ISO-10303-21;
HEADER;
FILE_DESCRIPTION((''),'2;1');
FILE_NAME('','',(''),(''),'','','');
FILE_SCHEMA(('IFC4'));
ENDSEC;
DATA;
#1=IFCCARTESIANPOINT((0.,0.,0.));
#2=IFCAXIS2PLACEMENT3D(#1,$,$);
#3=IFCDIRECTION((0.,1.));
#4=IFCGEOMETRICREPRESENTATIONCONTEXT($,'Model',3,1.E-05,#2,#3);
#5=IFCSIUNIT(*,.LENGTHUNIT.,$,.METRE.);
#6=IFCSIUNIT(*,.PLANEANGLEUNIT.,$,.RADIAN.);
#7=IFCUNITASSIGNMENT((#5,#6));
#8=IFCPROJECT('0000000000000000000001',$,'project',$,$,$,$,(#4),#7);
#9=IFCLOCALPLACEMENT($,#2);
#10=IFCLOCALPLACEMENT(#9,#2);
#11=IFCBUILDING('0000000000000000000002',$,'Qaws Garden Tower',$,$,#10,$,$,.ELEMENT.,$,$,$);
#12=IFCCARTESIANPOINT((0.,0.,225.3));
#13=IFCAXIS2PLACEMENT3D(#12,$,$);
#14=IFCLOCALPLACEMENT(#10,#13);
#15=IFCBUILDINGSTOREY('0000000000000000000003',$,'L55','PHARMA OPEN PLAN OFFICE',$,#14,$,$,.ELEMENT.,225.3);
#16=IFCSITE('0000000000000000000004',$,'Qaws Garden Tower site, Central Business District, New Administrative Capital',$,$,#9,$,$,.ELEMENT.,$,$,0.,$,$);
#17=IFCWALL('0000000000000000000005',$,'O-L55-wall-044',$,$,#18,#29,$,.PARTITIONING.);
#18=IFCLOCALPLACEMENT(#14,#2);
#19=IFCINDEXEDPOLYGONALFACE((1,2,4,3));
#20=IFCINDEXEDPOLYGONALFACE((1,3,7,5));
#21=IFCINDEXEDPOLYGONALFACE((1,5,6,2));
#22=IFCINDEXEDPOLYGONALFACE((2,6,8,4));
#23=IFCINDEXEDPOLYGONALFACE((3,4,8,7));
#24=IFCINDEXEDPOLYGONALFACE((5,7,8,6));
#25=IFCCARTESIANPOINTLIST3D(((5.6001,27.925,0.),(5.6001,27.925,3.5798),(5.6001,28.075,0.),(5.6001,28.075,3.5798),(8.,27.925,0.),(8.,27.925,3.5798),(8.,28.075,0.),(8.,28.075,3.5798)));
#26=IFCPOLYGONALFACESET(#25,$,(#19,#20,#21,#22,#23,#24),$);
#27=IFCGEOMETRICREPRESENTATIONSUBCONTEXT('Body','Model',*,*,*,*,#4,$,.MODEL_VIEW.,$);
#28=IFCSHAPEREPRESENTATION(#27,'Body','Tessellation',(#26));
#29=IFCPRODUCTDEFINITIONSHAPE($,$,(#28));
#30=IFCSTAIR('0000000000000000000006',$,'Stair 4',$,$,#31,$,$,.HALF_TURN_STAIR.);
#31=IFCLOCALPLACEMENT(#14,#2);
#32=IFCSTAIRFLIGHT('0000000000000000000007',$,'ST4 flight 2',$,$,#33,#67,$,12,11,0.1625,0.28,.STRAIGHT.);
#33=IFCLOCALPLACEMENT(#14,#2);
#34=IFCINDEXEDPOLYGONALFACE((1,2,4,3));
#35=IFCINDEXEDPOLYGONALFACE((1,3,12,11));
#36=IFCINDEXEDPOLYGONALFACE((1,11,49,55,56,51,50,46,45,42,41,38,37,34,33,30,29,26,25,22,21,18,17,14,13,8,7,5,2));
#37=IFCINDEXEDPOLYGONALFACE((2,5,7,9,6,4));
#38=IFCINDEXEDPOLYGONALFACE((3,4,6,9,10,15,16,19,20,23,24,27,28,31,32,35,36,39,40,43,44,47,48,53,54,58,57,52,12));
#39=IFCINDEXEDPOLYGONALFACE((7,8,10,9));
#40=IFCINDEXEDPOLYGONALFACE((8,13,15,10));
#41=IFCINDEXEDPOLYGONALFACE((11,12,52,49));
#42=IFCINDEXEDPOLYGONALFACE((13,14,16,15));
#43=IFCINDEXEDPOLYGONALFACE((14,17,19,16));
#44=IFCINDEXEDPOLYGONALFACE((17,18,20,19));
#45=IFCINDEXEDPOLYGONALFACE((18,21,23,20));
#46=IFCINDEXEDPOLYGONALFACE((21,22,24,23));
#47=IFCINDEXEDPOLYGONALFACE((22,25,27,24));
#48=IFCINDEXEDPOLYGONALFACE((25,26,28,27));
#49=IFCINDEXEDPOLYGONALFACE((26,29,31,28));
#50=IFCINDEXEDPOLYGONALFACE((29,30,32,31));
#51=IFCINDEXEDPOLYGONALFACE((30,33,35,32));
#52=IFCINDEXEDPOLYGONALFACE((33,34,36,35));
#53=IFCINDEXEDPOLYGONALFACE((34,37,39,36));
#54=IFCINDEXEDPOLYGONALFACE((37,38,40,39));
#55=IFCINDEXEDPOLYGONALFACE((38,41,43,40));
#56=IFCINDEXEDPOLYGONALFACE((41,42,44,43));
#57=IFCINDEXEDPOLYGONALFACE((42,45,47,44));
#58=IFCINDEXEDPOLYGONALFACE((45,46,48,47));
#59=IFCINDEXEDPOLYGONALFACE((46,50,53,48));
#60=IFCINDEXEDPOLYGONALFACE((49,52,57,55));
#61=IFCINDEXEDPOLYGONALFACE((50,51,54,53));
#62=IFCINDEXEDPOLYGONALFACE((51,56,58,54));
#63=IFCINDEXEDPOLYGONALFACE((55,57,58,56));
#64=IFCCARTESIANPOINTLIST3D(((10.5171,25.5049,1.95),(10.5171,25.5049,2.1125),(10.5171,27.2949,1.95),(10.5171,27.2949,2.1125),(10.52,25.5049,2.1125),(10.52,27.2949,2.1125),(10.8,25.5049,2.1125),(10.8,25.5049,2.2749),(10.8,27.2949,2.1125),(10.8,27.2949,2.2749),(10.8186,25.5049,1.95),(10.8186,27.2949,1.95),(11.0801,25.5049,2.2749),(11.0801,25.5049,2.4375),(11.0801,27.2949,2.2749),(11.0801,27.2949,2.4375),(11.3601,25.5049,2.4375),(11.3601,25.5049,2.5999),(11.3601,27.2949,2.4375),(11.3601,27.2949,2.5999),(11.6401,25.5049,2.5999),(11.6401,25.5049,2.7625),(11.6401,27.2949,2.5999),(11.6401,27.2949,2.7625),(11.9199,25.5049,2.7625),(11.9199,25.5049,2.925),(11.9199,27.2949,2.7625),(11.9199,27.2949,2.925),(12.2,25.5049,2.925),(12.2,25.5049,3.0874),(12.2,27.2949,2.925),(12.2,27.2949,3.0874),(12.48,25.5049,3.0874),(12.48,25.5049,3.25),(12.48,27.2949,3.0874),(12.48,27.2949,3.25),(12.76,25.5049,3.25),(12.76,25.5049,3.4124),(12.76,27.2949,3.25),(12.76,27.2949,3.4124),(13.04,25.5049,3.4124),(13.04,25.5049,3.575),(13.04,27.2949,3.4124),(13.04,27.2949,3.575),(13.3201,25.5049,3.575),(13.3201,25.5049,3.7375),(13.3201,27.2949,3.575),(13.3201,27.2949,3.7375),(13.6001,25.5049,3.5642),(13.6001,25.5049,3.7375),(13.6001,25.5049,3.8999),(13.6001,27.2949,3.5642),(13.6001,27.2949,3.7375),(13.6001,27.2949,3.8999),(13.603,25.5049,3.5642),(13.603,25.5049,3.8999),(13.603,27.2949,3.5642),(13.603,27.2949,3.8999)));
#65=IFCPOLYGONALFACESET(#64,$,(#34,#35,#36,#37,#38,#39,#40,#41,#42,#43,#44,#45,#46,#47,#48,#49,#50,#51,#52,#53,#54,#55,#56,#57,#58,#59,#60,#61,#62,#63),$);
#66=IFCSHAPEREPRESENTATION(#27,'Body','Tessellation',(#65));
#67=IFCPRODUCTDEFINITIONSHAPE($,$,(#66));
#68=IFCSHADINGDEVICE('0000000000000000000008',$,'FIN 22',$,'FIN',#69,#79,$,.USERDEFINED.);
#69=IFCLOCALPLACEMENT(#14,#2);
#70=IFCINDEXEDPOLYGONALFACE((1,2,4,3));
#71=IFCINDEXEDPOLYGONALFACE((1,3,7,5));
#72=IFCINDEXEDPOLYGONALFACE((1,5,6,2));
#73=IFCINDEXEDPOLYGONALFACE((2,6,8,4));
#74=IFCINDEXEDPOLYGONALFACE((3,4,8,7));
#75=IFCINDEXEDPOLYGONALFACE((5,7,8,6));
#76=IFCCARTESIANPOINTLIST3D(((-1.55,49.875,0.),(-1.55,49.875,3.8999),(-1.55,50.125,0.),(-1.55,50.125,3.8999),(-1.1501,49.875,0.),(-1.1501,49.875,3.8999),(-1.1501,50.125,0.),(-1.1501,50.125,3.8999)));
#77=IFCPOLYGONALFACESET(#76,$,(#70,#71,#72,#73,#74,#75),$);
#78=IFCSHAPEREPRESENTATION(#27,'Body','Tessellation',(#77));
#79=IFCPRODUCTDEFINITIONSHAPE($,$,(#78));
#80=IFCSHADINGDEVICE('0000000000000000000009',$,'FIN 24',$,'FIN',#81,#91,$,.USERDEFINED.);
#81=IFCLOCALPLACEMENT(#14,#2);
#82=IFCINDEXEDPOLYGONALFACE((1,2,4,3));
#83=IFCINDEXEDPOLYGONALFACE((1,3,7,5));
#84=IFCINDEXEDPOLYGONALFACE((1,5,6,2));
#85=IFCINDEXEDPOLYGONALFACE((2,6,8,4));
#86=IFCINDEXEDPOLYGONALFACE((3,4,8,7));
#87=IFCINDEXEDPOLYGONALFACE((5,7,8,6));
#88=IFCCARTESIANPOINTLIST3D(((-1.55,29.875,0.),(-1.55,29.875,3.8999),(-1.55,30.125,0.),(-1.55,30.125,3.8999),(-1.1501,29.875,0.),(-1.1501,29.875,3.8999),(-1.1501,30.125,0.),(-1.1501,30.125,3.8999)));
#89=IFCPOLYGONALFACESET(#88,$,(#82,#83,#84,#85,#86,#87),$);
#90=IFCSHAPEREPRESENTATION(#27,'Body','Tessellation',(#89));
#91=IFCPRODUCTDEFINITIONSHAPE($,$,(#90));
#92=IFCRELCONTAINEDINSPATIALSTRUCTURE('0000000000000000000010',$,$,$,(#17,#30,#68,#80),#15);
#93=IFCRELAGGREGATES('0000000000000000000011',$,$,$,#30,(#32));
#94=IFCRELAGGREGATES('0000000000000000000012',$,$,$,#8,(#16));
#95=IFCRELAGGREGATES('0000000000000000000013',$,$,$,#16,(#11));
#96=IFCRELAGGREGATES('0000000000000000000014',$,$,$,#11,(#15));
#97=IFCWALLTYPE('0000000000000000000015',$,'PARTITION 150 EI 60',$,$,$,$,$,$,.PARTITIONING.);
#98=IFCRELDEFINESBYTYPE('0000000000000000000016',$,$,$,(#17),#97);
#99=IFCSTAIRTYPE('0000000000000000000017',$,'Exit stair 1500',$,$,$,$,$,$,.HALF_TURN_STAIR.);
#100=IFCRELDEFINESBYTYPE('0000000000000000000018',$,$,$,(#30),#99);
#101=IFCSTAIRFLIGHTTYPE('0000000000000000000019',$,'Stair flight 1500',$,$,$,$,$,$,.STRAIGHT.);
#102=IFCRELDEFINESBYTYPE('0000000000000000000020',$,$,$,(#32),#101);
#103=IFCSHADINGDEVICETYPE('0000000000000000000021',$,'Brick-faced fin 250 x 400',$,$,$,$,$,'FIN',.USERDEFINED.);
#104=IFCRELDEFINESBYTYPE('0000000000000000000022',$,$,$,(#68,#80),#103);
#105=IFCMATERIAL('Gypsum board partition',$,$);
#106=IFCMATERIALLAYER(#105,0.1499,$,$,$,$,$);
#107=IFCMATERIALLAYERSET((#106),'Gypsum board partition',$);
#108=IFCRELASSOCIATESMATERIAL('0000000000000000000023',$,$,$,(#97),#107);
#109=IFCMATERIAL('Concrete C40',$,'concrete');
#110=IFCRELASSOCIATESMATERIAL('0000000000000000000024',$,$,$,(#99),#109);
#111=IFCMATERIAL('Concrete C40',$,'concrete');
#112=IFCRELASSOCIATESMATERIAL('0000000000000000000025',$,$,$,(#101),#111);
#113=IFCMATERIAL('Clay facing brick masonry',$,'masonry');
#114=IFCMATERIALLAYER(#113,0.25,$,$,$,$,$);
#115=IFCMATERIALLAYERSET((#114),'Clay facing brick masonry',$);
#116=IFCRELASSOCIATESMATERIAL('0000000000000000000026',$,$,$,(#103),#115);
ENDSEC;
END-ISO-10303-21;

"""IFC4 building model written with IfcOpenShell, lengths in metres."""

from ifc_helpers import new_model, si_unit, direction, frame, frame_2d, origin, origin_2d, place, context, subcontext, project, spatial, polyline, rectangle, outline, extrude, material, layer, layer_set, type_object, element, aggregate, save


model = new_model("IFC4")

# Units and contexts
model_context = context("Model", 3, precision=1e-05, world=origin(), true_north=direction((0.0, 1.0)))
body_context = subcontext(model_context, "Body", "Model", "MODEL_VIEW")
ifc_project = project(units=[si_unit("LENGTHUNIT", "METRE"), si_unit("PLANEANGLEUNIT", "RADIAN")], contexts=[model_context])

# Site, building, storey
site_placement = place(None, origin())
site = spatial("IfcSite", under=ifc_project, at=site_placement, Name="Qaws Garden Tower site, Central Business District, New Administrative Capital", CompositionType="ELEMENT", RefElevation=0.0)
building_placement = place(site_placement, origin())
building = spatial("IfcBuilding", under=site, at=building_placement, Name="Qaws Garden Tower", CompositionType="ELEMENT")
storey_placement = place(building_placement, frame((0.0, 0.0, 225.3)))
storey = spatial("IfcBuildingStorey", under=building, at=storey_placement, Name="L55", Description="PHARMA OPEN PLAN OFFICE", CompositionType="ELEMENT", Elevation=225.3)

# Wall
ifc_material_1 = material(Name="Gypsum board partition")
ifc_layer_1 = layer(ifc_material_1, 0.1499)
ifc_layer_set_1 = layer_set([ifc_layer_1], Name="Gypsum board partition")
wall_type_1 = type_object("IfcWallType", Name="PARTITION 150 EI 60", PredefinedType="PARTITIONING", material=ifc_layer_set_1)
wall_1_placement = place(storey_placement, frame((5.6001, 28.0, 0.0), z_axis=(0.0, 0.0, 1.0), x_axis=(1.0, 0.0, 0.0)))
element("IfcWall", 1, at=wall_1_placement, inside=storey, type_object=wall_type_1, Name="O-L55-wall-044", PredefinedType="PARTITIONING", context=body_context, shape_type="SweptSolid", body=[
    extrude(rectangle(XDim=2.3999, YDim=0.1499, at=frame_2d((1.2, 0.0))), origin(), (0.0, 0.0, 1.0), 3.5798),
])

# Stair, stair flight
ifc_material_2 = material(Name="Concrete C40", Category="concrete")
stair_type = type_object("IfcStairType", Name="Exit stair 1500", PredefinedType="HALF_TURN_STAIR", material=ifc_material_2)
stair_placement = place(storey_placement, origin())
stair = element("IfcStair", 2, at=stair_placement, inside=storey, type_object=stair_type, Name="Stair 4", PredefinedType="HALF_TURN_STAIR")
ifc_material_3 = material(Name="Concrete C40", Category="concrete")
stair_flight_type = type_object("IfcStairFlightType", Name="Stair flight 1500", PredefinedType="STRAIGHT", material=ifc_material_3)
stair_flight_placement = place(storey_placement, frame((10.52, 26.3999, 1.95), z_axis=(0.0, 0.0, 1.0), x_axis=(1.0, 0.0, 0.0)))
stair_flight = element("IfcStairFlight", 3, at=stair_flight_placement, type_object=stair_flight_type, Name="ST4 flight 2", NumberOfRisers=12, NumberOfTreads=11, PredefinedType="STRAIGHT", RiserHeight=0.1625, TreadLength=0.28, context=body_context, shape_type="SweptSolid", body=[
    extrude(outline(polyline([(-0.0029, 0.0), (-0.0029, 0.1626), (0.0, 0.1626), (0.28, 0.1626), (0.28, 0.325), (0.5601, 0.325), (0.5601, 0.4875), (0.8401, 0.4875), (0.8401, 0.6499), (1.1201, 0.6499), (1.1201, 0.8125), (1.3999, 0.8125), (1.3999, 0.9751), (1.6799, 0.9751), (1.6799, 1.1375), (1.96, 1.1375), (1.96, 1.3), (2.24, 1.3), (2.24, 1.4624), (2.52, 1.4624), (2.52, 1.625), (2.8, 1.625), (2.8, 1.7876), (3.0801, 1.7876), (3.0801, 1.95), (3.083, 1.95), (3.083, 1.6143), (3.0801, 1.6143), (0.2986, 0.0), (-0.0029, 0.0)])), frame((0.0, 0.895, 0.0), z_axis=(0.0, -1.0, 0.0), x_axis=(1.0, 0.0, 0.0)), (0.0, 0.0, 1.0), 1.79),
])
aggregate(stair, [stair_flight])

# Shading devices
ifc_material_4 = material(Name="Clay facing brick masonry", Category="masonry")
ifc_layer_2 = layer(ifc_material_4, 0.25)
ifc_layer_set_2 = layer_set([ifc_layer_2], Name="Clay facing brick masonry")
shading_device_type = type_object("IfcShadingDeviceType", Name="Brick-faced fin 250 x 400", ElementType="FIN", PredefinedType="USERDEFINED", material=ifc_layer_set_2)
for number, where, z_axis, x_axis, name in (
    (4, (-1.3501, 50.0, 0.0), (0.0, 0.0, 1.0), (0.0, -1.0, 0.0), "FIN 22"),
    (5, (-1.3501, 30.0, 0.0), (0.0, 0.0, 1.0), (0.0, -1.0, 0.0), "FIN 24"),
):
    element("IfcShadingDevice", number, at=place(storey_placement, frame(where, z_axis=z_axis, x_axis=x_axis)), inside=storey, type_object=shading_device_type, Name=name, ObjectType="FIN", PredefinedType="USERDEFINED", context=body_context, shape_type="SweptSolid", body=[
        extrude(rectangle(XDim=0.25, YDim=0.3999, at=origin_2d()), origin(), (0.0, 0.0, 1.0), 3.8999),
    ])

save(model, "model.ifc")
